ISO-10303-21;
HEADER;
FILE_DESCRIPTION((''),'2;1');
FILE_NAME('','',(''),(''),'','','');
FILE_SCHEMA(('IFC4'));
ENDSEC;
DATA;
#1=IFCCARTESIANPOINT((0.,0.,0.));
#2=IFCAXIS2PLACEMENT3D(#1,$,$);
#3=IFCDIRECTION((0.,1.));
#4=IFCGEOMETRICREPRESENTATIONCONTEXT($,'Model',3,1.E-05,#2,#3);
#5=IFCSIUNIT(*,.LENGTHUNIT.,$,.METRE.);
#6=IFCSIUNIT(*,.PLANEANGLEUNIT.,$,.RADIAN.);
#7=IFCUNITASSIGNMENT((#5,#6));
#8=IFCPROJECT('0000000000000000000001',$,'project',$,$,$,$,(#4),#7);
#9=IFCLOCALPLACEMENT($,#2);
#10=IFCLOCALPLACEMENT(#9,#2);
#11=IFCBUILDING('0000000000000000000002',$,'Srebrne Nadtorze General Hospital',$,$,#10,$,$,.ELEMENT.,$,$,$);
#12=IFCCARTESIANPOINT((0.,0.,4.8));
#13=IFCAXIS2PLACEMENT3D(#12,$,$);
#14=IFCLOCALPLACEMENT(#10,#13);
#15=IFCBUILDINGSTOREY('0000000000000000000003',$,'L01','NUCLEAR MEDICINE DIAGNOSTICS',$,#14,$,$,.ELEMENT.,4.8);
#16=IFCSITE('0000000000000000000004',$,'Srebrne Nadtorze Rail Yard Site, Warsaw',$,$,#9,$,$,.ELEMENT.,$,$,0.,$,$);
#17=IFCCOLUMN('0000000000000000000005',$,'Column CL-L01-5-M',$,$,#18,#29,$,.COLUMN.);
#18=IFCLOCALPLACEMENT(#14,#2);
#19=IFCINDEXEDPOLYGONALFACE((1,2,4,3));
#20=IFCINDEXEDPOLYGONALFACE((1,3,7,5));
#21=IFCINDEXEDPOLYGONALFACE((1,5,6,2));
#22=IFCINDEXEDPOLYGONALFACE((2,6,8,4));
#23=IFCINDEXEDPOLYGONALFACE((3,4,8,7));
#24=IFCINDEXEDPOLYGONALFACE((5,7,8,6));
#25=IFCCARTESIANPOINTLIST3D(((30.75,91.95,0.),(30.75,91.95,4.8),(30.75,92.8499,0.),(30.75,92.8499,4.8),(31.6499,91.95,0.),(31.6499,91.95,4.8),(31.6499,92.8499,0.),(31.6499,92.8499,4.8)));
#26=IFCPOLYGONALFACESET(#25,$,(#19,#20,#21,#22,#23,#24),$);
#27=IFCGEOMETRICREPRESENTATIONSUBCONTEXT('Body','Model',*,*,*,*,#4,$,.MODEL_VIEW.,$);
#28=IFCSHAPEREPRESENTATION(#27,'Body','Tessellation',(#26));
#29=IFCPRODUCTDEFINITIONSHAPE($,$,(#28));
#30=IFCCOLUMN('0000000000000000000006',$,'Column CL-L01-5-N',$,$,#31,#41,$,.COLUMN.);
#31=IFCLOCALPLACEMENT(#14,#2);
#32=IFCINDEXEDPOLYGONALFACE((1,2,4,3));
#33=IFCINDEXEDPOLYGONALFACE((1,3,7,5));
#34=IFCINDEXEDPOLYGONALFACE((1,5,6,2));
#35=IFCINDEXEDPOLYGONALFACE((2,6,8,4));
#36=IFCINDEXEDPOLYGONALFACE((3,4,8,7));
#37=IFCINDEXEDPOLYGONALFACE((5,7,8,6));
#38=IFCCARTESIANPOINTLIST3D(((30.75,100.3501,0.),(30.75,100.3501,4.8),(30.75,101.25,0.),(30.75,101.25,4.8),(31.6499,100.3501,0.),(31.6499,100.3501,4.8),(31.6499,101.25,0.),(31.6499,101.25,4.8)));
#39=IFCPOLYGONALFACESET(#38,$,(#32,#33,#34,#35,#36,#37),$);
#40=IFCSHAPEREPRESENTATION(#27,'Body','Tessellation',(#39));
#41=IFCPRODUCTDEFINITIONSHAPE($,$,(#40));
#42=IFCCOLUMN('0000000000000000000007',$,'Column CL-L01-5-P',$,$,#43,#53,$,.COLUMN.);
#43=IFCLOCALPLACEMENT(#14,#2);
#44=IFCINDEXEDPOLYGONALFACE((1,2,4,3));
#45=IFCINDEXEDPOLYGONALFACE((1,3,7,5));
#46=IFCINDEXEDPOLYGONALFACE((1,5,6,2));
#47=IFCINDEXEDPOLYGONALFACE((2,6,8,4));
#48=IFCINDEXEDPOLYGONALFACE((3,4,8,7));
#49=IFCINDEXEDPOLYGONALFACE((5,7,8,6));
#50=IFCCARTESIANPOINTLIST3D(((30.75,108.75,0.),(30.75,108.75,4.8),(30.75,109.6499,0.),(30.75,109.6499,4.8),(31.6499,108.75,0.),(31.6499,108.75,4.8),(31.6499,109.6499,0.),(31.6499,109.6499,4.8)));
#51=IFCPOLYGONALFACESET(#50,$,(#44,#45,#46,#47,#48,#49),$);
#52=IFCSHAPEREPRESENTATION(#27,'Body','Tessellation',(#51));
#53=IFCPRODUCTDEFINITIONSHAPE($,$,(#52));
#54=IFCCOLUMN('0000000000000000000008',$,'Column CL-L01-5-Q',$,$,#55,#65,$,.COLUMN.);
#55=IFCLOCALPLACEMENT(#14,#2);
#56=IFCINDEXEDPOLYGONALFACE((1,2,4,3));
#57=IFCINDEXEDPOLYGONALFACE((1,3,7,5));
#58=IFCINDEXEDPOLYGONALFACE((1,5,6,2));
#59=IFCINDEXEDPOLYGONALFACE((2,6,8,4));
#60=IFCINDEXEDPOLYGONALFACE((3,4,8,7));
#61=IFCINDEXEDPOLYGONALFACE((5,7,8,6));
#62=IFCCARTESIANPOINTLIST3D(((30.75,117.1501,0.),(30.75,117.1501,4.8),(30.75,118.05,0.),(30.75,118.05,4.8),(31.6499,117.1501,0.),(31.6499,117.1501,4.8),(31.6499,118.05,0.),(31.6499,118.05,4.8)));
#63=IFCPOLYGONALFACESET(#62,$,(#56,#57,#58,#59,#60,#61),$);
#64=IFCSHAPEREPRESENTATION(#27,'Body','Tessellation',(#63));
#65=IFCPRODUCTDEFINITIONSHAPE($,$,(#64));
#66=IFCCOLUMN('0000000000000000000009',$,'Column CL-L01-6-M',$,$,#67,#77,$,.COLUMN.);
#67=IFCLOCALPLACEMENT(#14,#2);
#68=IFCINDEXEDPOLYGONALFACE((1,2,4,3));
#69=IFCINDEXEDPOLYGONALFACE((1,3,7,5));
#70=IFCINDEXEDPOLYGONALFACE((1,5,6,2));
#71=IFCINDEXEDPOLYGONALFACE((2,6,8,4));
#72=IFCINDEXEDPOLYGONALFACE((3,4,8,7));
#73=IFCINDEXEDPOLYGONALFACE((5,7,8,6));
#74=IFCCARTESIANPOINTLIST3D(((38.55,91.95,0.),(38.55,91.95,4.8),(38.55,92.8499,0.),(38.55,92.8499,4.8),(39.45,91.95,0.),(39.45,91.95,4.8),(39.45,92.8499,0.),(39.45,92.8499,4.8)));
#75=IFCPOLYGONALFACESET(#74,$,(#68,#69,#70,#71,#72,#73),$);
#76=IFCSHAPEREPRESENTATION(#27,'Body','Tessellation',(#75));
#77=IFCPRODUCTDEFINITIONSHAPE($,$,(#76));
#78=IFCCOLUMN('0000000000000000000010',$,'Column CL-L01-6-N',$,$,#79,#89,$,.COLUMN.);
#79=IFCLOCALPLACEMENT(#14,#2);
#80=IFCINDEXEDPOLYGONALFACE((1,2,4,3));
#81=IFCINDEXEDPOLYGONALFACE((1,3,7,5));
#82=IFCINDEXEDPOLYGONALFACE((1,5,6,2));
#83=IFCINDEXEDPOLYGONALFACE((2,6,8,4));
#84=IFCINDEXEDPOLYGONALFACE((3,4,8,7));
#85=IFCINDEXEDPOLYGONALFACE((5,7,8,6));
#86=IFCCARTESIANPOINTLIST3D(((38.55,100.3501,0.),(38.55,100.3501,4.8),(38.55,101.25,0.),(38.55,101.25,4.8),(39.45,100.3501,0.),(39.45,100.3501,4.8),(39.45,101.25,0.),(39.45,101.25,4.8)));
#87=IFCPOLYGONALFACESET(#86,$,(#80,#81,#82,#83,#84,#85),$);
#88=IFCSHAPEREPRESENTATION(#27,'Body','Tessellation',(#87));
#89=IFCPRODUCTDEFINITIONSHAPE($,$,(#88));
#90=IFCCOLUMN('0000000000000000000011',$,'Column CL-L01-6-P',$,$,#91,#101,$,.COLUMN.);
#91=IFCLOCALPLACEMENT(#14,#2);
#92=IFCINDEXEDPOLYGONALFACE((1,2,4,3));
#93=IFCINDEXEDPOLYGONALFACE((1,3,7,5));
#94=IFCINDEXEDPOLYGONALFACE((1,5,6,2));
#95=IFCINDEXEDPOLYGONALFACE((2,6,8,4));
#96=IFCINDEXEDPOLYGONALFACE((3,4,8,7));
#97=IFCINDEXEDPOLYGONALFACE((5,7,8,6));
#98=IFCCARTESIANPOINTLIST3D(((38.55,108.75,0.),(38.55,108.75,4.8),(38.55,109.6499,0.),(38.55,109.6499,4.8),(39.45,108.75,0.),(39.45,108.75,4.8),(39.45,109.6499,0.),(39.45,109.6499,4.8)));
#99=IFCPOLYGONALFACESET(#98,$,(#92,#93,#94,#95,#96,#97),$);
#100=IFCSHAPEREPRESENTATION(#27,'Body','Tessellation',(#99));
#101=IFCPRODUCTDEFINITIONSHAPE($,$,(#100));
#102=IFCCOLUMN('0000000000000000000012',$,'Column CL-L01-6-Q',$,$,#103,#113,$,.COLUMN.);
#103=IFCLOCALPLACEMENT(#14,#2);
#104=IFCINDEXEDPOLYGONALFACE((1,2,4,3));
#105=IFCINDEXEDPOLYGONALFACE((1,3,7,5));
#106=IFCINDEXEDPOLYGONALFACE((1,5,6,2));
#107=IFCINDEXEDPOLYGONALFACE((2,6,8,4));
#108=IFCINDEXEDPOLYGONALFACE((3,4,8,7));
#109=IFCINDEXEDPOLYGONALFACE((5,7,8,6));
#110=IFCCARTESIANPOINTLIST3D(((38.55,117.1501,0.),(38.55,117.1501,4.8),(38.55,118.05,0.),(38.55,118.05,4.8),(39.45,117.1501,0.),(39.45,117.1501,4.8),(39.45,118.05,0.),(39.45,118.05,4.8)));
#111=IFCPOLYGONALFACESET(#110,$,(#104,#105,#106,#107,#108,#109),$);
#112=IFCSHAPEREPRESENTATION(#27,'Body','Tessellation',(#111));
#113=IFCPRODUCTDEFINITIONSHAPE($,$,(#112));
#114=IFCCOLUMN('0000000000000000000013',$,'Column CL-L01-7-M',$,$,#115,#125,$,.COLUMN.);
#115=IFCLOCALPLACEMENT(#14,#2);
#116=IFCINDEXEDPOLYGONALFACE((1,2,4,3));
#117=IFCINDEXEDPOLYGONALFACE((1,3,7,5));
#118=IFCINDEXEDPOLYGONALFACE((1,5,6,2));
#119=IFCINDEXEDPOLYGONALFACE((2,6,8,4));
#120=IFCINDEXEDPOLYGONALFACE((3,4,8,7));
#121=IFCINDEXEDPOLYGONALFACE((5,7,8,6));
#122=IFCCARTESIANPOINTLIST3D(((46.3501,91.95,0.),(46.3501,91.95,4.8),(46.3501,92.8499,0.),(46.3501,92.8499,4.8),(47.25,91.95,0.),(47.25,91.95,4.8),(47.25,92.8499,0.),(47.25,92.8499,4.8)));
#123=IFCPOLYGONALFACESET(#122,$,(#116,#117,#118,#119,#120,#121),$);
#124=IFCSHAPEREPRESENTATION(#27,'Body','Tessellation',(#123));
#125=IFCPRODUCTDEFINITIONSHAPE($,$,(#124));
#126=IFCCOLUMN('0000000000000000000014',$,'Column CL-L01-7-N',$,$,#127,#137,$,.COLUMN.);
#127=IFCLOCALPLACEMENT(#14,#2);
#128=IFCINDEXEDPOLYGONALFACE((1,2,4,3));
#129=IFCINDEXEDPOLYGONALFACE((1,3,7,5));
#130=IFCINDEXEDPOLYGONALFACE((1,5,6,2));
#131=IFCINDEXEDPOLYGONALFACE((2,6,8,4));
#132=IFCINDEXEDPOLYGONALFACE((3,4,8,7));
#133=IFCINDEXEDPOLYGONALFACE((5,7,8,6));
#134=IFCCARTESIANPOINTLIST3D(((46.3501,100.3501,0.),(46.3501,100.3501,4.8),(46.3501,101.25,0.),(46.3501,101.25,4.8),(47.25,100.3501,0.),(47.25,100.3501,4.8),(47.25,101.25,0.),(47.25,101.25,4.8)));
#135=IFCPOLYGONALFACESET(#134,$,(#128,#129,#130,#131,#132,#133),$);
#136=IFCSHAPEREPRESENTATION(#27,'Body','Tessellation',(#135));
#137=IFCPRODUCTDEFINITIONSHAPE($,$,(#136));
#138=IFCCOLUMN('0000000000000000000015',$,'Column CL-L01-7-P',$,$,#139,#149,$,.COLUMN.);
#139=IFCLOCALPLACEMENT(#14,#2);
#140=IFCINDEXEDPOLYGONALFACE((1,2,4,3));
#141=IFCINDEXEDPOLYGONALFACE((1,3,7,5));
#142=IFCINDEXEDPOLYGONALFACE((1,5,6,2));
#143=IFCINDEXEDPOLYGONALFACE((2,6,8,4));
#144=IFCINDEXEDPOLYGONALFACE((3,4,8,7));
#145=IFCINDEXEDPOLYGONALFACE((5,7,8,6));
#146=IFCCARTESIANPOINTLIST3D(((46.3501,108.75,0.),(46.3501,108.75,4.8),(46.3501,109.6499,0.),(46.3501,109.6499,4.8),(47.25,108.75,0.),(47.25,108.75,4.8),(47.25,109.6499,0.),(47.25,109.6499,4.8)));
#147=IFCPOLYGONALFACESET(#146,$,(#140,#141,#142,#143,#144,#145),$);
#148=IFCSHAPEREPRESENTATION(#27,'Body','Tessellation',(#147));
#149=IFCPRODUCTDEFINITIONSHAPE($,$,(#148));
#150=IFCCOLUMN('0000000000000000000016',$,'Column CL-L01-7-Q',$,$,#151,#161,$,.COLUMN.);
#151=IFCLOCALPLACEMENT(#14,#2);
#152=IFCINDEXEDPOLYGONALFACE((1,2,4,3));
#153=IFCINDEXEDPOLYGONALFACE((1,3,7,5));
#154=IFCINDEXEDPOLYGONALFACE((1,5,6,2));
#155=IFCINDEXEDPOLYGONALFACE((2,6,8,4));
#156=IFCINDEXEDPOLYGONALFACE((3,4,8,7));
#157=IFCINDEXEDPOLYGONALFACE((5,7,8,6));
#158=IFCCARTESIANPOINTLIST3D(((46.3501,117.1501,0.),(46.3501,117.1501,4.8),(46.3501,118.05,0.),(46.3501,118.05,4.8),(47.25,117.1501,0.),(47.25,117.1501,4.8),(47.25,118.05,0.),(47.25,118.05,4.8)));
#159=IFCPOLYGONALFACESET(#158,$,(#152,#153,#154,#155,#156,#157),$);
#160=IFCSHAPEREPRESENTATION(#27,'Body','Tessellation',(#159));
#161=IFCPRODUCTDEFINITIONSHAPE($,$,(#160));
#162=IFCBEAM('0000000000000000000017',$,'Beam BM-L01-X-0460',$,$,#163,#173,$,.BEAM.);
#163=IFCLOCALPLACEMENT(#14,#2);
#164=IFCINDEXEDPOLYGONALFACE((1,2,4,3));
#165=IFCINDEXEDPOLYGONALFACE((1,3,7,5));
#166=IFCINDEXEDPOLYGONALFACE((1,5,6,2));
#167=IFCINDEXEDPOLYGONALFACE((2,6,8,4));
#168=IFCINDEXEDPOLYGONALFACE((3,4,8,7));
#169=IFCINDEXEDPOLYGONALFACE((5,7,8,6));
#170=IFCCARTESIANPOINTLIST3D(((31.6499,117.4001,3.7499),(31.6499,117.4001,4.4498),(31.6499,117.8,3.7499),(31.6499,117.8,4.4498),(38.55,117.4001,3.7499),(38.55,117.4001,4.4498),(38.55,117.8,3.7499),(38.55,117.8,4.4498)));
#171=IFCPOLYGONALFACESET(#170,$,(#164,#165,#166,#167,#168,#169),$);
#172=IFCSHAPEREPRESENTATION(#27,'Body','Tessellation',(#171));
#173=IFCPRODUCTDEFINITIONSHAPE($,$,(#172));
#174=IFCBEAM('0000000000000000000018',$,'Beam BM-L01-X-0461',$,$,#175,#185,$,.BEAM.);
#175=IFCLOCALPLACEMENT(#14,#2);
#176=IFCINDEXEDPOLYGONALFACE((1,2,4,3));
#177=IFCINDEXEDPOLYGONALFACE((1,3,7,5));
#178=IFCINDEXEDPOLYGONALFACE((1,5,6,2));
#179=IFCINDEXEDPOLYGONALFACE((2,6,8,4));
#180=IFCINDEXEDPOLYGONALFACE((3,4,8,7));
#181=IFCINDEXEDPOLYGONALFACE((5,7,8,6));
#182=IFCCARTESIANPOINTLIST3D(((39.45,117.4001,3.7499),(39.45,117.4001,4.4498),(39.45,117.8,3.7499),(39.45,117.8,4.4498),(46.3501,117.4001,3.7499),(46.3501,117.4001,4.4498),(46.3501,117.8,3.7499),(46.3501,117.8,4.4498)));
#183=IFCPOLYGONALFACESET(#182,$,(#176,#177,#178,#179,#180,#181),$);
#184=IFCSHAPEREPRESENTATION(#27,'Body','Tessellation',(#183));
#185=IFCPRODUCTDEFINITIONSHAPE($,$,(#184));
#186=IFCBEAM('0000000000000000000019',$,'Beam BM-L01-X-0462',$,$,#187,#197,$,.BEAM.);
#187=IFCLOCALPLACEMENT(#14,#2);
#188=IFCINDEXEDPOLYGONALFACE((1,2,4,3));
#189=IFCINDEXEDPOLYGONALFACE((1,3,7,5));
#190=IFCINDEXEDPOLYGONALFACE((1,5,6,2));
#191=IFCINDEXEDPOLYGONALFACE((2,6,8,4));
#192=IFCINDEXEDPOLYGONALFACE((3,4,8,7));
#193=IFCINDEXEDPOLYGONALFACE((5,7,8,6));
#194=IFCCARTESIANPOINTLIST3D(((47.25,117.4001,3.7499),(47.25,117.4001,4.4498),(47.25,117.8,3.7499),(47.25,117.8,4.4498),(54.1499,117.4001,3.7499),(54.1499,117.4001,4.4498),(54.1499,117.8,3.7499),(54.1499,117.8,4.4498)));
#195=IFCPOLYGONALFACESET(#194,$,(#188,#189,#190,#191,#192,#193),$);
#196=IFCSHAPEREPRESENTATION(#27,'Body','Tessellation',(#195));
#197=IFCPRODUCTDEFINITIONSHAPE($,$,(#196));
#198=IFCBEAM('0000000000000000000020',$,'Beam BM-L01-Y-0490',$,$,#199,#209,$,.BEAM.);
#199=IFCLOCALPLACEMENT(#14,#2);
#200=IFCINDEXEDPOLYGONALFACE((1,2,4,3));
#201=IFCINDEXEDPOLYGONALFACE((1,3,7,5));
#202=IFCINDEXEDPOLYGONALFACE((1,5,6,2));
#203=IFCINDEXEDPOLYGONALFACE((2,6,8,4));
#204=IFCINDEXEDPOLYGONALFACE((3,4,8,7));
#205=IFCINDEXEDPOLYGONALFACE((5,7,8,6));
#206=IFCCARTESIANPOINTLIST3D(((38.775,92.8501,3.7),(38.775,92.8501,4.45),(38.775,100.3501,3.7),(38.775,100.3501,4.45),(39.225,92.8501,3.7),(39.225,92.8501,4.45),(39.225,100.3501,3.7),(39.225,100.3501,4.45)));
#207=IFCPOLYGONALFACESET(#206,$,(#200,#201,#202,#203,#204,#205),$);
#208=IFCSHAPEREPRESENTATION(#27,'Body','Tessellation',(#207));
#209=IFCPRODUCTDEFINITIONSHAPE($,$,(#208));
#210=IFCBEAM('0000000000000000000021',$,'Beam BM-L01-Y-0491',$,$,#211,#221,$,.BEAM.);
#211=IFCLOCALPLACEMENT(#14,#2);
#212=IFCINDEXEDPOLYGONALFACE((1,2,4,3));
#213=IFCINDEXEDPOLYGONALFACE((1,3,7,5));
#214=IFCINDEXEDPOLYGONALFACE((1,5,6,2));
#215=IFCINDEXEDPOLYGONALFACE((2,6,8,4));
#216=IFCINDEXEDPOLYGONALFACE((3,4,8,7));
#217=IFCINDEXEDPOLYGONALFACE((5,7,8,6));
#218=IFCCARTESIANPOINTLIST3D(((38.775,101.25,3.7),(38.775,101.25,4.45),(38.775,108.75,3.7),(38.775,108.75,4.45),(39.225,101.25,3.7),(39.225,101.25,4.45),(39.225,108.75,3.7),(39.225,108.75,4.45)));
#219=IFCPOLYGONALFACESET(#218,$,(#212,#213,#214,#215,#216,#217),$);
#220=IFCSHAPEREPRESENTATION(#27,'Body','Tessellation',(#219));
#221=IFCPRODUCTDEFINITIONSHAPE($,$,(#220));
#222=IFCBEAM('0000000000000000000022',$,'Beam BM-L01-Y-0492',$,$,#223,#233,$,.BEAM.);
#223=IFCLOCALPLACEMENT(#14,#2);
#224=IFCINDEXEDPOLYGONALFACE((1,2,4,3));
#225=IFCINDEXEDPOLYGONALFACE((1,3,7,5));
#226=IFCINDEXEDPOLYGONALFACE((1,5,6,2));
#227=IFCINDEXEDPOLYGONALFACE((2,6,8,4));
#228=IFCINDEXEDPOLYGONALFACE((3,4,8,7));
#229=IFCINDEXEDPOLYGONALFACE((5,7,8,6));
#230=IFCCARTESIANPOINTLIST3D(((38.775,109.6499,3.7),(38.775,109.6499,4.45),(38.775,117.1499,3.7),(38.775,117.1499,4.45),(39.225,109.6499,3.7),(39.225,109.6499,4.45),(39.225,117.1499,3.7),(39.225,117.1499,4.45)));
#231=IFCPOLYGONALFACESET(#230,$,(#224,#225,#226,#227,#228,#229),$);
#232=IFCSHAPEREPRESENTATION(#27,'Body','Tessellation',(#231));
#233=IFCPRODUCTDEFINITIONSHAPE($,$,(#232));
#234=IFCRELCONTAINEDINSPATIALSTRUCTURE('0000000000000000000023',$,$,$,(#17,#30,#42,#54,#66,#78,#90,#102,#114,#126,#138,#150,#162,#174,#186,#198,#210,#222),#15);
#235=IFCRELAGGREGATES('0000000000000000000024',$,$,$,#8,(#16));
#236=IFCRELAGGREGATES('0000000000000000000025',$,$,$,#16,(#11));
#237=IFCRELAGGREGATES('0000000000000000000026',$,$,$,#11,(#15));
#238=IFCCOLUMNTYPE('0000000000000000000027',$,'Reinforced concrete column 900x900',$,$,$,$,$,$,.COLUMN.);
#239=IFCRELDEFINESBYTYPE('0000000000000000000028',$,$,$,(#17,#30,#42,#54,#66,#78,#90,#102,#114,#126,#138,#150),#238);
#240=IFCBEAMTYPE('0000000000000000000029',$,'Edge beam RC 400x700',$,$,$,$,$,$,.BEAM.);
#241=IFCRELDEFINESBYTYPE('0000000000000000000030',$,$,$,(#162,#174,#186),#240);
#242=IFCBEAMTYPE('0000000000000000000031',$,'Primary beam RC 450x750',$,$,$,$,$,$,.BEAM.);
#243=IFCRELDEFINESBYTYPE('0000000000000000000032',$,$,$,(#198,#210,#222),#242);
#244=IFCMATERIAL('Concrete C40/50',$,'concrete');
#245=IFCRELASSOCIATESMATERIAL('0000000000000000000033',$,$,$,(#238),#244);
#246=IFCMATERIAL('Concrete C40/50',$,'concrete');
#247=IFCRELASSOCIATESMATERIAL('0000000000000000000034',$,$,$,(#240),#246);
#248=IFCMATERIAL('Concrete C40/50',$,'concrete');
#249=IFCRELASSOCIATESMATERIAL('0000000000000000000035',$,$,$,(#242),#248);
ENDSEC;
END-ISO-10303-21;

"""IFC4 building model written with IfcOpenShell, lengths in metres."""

from ifc_helpers import new_model, si_unit, direction, frame, origin, origin_2d, place, context, subcontext, project, spatial, rectangle, extrude, material, material_profile, profile_set, type_object, element, save


model = new_model("IFC4")

# Units and contexts
model_context = context("Model", 3, precision=1e-05, world=origin(), true_north=direction((0.0, 1.0)))
body_context = subcontext(model_context, "Body", "Model", "MODEL_VIEW")
ifc_project = project(units=[si_unit("LENGTHUNIT", "METRE"), si_unit("PLANEANGLEUNIT", "RADIAN")], contexts=[model_context])

# Site, building, storey
site_placement = place(None, origin())
site = spatial("IfcSite", under=ifc_project, at=site_placement, Name="Srebrne Nadtorze Rail Yard Site, Warsaw", CompositionType="ELEMENT", RefElevation=0.0)
building_placement = place(site_placement, origin())
building = spatial("IfcBuilding", under=site, at=building_placement, Name="Srebrne Nadtorze General Hospital", CompositionType="ELEMENT")
storey_placement = place(building_placement, frame((0.0, 0.0, 4.8)))
storey = spatial("IfcBuildingStorey", under=building, at=storey_placement, Name="L01", Description="NUCLEAR MEDICINE DIAGNOSTICS", CompositionType="ELEMENT", Elevation=4.8)

# Columns
ifc_material_1 = material(Name="Concrete C40/50", Category="concrete")
ifc_material_profile_1 = material_profile(ifc_material_1, rectangle(XDim=0.8999, YDim=0.8999, at=origin_2d()), Name="RC-COL-900x900")
ifc_profile_set_1 = profile_set([ifc_material_profile_1], Name="Concrete C40/50")
column_type = type_object("IfcColumnType", Name="Reinforced concrete column 900x900", PredefinedType="COLUMN", material=ifc_profile_set_1)
for number, where, z_axis, x_axis, name in (
    (1, (31.2, 92.3999, 0.0), (0.0, 0.0, 1.0), (1.0, 0.0, 0.0), "Column CL-L01-5-M"),
    (2, (31.2, 100.8, 0.0), (0.0, 0.0, 1.0), (1.0, 0.0, 0.0), "Column CL-L01-5-N"),
    (3, (31.2, 109.2, 0.0), (0.0, 0.0, 1.0), (1.0, 0.0, 0.0), "Column CL-L01-5-P"),
    (4, (31.2, 117.6001, 0.0), (0.0, 0.0, 1.0), (1.0, 0.0, 0.0), "Column CL-L01-5-Q"),
    (5, (39.0, 92.3999, 0.0), (0.0, 0.0, 1.0), (1.0, 0.0, 0.0), "Column CL-L01-6-M"),
    (6, (39.0, 100.8, 0.0), (0.0, 0.0, 1.0), (1.0, 0.0, 0.0), "Column CL-L01-6-N"),
    (7, (39.0, 109.2, 0.0), (0.0, 0.0, 1.0), (1.0, 0.0, 0.0), "Column CL-L01-6-P"),
    (8, (39.0, 117.6001, 0.0), (0.0, 0.0, 1.0), (1.0, 0.0, 0.0), "Column CL-L01-6-Q"),
    (9, (46.8, 92.3999, 0.0), (0.0, 0.0, 1.0), (1.0, 0.0, 0.0), "Column CL-L01-7-M"),
    (10, (46.8, 100.8, 0.0), (0.0, 0.0, 1.0), (1.0, 0.0, 0.0), "Column CL-L01-7-N"),
    (11, (46.8, 109.2, 0.0), (0.0, 0.0, 1.0), (1.0, 0.0, 0.0), "Column CL-L01-7-P"),
    (12, (46.8, 117.6001, 0.0), (0.0, 0.0, 1.0), (1.0, 0.0, 0.0), "Column CL-L01-7-Q"),
):
    element("IfcColumn", number, at=place(storey_placement, frame(where, z_axis=z_axis, x_axis=x_axis)), inside=storey, type_object=column_type, Name=name, PredefinedType="COLUMN", context=body_context, shape_type="SweptSolid", body=[
        extrude(rectangle(XDim=0.8999, YDim=0.8999, at=origin_2d()), origin(), (0.0, 0.0, 1.0), 4.8),
    ])

# Beams
ifc_material_2 = material(Name="Concrete C40/50", Category="concrete")
ifc_material_profile_2 = material_profile(ifc_material_2, rectangle(XDim=0.3999, YDim=0.7, at=origin_2d()), Name="RC-BM-400x700")
ifc_profile_set_2 = profile_set([ifc_material_profile_2], Name="Concrete C40/50")
beam_type_1 = type_object("IfcBeamType", Name="Edge beam RC 400x700", PredefinedType="BEAM", material=ifc_profile_set_2)
for number, where, z_axis, x_axis, name in (
    (13, (31.6499, 117.6001, 4.0999), (1.0, 0.0, 0.0), (0.0, 1.0, 0.0), "Beam BM-L01-X-0460"),
    (14, (39.45, 117.6001, 4.0999), (1.0, 0.0, 0.0), (0.0, 1.0, 0.0), "Beam BM-L01-X-0461"),
):
    element("IfcBeam", number, at=place(storey_placement, frame(where, z_axis=z_axis, x_axis=x_axis)), inside=storey, type_object=beam_type_1, Name=name, PredefinedType="BEAM", context=body_context, shape_type="SweptSolid", body=[
        extrude(rectangle(XDim=0.3999, YDim=0.7, at=origin_2d()), origin(), (0.0, 0.0, 1.0), 6.9001),
    ])
beam_placement = place(storey_placement, frame((47.25, 117.6001, 4.0999), z_axis=(1.0, 0.0, 0.0), x_axis=(0.0, 1.0, 0.0)))
element("IfcBeam", 15, at=beam_placement, inside=storey, type_object=beam_type_1, Name="Beam BM-L01-X-0462", PredefinedType="BEAM", context=body_context, shape_type="SweptSolid", body=[
    extrude(rectangle(XDim=0.3999, YDim=0.7, at=origin_2d()), origin(), (0.0, 0.0, 1.0), 6.8999),
])
ifc_material_3 = material(Name="Concrete C40/50", Category="concrete")
ifc_material_profile_3 = material_profile(ifc_material_3, rectangle(XDim=0.45, YDim=0.75, at=origin_2d()), Name="RC-BM-450x750")
ifc_profile_set_3 = profile_set([ifc_material_profile_3], Name="Concrete C40/50")
beam_type_2 = type_object("IfcBeamType", Name="Primary beam RC 450x750", PredefinedType="BEAM", material=ifc_profile_set_3)
for number, where, z_axis, x_axis, name in (
    (16, (39.0, 92.8501, 4.075), (0.0, 1.0, 0.0), (-1.0, 0.0, 0.0), "Beam BM-L01-Y-0490"),
    (17, (39.0, 101.25, 4.075), (0.0, 1.0, 0.0), (-1.0, 0.0, 0.0), "Beam BM-L01-Y-0491"),
    (18, (39.0, 109.6499, 4.075), (0.0, 1.0, 0.0), (-1.0, 0.0, 0.0), "Beam BM-L01-Y-0492"),
):
    element("IfcBeam", number, at=place(storey_placement, frame(where, z_axis=z_axis, x_axis=x_axis)), inside=storey, type_object=beam_type_2, Name=name, PredefinedType="BEAM", context=body_context, shape_type="SweptSolid", body=[
        extrude(rectangle(XDim=0.45, YDim=0.75, at=origin_2d()), origin(), (0.0, 0.0, 1.0), 7.5),
    ])

save(model, "model.ifc")
